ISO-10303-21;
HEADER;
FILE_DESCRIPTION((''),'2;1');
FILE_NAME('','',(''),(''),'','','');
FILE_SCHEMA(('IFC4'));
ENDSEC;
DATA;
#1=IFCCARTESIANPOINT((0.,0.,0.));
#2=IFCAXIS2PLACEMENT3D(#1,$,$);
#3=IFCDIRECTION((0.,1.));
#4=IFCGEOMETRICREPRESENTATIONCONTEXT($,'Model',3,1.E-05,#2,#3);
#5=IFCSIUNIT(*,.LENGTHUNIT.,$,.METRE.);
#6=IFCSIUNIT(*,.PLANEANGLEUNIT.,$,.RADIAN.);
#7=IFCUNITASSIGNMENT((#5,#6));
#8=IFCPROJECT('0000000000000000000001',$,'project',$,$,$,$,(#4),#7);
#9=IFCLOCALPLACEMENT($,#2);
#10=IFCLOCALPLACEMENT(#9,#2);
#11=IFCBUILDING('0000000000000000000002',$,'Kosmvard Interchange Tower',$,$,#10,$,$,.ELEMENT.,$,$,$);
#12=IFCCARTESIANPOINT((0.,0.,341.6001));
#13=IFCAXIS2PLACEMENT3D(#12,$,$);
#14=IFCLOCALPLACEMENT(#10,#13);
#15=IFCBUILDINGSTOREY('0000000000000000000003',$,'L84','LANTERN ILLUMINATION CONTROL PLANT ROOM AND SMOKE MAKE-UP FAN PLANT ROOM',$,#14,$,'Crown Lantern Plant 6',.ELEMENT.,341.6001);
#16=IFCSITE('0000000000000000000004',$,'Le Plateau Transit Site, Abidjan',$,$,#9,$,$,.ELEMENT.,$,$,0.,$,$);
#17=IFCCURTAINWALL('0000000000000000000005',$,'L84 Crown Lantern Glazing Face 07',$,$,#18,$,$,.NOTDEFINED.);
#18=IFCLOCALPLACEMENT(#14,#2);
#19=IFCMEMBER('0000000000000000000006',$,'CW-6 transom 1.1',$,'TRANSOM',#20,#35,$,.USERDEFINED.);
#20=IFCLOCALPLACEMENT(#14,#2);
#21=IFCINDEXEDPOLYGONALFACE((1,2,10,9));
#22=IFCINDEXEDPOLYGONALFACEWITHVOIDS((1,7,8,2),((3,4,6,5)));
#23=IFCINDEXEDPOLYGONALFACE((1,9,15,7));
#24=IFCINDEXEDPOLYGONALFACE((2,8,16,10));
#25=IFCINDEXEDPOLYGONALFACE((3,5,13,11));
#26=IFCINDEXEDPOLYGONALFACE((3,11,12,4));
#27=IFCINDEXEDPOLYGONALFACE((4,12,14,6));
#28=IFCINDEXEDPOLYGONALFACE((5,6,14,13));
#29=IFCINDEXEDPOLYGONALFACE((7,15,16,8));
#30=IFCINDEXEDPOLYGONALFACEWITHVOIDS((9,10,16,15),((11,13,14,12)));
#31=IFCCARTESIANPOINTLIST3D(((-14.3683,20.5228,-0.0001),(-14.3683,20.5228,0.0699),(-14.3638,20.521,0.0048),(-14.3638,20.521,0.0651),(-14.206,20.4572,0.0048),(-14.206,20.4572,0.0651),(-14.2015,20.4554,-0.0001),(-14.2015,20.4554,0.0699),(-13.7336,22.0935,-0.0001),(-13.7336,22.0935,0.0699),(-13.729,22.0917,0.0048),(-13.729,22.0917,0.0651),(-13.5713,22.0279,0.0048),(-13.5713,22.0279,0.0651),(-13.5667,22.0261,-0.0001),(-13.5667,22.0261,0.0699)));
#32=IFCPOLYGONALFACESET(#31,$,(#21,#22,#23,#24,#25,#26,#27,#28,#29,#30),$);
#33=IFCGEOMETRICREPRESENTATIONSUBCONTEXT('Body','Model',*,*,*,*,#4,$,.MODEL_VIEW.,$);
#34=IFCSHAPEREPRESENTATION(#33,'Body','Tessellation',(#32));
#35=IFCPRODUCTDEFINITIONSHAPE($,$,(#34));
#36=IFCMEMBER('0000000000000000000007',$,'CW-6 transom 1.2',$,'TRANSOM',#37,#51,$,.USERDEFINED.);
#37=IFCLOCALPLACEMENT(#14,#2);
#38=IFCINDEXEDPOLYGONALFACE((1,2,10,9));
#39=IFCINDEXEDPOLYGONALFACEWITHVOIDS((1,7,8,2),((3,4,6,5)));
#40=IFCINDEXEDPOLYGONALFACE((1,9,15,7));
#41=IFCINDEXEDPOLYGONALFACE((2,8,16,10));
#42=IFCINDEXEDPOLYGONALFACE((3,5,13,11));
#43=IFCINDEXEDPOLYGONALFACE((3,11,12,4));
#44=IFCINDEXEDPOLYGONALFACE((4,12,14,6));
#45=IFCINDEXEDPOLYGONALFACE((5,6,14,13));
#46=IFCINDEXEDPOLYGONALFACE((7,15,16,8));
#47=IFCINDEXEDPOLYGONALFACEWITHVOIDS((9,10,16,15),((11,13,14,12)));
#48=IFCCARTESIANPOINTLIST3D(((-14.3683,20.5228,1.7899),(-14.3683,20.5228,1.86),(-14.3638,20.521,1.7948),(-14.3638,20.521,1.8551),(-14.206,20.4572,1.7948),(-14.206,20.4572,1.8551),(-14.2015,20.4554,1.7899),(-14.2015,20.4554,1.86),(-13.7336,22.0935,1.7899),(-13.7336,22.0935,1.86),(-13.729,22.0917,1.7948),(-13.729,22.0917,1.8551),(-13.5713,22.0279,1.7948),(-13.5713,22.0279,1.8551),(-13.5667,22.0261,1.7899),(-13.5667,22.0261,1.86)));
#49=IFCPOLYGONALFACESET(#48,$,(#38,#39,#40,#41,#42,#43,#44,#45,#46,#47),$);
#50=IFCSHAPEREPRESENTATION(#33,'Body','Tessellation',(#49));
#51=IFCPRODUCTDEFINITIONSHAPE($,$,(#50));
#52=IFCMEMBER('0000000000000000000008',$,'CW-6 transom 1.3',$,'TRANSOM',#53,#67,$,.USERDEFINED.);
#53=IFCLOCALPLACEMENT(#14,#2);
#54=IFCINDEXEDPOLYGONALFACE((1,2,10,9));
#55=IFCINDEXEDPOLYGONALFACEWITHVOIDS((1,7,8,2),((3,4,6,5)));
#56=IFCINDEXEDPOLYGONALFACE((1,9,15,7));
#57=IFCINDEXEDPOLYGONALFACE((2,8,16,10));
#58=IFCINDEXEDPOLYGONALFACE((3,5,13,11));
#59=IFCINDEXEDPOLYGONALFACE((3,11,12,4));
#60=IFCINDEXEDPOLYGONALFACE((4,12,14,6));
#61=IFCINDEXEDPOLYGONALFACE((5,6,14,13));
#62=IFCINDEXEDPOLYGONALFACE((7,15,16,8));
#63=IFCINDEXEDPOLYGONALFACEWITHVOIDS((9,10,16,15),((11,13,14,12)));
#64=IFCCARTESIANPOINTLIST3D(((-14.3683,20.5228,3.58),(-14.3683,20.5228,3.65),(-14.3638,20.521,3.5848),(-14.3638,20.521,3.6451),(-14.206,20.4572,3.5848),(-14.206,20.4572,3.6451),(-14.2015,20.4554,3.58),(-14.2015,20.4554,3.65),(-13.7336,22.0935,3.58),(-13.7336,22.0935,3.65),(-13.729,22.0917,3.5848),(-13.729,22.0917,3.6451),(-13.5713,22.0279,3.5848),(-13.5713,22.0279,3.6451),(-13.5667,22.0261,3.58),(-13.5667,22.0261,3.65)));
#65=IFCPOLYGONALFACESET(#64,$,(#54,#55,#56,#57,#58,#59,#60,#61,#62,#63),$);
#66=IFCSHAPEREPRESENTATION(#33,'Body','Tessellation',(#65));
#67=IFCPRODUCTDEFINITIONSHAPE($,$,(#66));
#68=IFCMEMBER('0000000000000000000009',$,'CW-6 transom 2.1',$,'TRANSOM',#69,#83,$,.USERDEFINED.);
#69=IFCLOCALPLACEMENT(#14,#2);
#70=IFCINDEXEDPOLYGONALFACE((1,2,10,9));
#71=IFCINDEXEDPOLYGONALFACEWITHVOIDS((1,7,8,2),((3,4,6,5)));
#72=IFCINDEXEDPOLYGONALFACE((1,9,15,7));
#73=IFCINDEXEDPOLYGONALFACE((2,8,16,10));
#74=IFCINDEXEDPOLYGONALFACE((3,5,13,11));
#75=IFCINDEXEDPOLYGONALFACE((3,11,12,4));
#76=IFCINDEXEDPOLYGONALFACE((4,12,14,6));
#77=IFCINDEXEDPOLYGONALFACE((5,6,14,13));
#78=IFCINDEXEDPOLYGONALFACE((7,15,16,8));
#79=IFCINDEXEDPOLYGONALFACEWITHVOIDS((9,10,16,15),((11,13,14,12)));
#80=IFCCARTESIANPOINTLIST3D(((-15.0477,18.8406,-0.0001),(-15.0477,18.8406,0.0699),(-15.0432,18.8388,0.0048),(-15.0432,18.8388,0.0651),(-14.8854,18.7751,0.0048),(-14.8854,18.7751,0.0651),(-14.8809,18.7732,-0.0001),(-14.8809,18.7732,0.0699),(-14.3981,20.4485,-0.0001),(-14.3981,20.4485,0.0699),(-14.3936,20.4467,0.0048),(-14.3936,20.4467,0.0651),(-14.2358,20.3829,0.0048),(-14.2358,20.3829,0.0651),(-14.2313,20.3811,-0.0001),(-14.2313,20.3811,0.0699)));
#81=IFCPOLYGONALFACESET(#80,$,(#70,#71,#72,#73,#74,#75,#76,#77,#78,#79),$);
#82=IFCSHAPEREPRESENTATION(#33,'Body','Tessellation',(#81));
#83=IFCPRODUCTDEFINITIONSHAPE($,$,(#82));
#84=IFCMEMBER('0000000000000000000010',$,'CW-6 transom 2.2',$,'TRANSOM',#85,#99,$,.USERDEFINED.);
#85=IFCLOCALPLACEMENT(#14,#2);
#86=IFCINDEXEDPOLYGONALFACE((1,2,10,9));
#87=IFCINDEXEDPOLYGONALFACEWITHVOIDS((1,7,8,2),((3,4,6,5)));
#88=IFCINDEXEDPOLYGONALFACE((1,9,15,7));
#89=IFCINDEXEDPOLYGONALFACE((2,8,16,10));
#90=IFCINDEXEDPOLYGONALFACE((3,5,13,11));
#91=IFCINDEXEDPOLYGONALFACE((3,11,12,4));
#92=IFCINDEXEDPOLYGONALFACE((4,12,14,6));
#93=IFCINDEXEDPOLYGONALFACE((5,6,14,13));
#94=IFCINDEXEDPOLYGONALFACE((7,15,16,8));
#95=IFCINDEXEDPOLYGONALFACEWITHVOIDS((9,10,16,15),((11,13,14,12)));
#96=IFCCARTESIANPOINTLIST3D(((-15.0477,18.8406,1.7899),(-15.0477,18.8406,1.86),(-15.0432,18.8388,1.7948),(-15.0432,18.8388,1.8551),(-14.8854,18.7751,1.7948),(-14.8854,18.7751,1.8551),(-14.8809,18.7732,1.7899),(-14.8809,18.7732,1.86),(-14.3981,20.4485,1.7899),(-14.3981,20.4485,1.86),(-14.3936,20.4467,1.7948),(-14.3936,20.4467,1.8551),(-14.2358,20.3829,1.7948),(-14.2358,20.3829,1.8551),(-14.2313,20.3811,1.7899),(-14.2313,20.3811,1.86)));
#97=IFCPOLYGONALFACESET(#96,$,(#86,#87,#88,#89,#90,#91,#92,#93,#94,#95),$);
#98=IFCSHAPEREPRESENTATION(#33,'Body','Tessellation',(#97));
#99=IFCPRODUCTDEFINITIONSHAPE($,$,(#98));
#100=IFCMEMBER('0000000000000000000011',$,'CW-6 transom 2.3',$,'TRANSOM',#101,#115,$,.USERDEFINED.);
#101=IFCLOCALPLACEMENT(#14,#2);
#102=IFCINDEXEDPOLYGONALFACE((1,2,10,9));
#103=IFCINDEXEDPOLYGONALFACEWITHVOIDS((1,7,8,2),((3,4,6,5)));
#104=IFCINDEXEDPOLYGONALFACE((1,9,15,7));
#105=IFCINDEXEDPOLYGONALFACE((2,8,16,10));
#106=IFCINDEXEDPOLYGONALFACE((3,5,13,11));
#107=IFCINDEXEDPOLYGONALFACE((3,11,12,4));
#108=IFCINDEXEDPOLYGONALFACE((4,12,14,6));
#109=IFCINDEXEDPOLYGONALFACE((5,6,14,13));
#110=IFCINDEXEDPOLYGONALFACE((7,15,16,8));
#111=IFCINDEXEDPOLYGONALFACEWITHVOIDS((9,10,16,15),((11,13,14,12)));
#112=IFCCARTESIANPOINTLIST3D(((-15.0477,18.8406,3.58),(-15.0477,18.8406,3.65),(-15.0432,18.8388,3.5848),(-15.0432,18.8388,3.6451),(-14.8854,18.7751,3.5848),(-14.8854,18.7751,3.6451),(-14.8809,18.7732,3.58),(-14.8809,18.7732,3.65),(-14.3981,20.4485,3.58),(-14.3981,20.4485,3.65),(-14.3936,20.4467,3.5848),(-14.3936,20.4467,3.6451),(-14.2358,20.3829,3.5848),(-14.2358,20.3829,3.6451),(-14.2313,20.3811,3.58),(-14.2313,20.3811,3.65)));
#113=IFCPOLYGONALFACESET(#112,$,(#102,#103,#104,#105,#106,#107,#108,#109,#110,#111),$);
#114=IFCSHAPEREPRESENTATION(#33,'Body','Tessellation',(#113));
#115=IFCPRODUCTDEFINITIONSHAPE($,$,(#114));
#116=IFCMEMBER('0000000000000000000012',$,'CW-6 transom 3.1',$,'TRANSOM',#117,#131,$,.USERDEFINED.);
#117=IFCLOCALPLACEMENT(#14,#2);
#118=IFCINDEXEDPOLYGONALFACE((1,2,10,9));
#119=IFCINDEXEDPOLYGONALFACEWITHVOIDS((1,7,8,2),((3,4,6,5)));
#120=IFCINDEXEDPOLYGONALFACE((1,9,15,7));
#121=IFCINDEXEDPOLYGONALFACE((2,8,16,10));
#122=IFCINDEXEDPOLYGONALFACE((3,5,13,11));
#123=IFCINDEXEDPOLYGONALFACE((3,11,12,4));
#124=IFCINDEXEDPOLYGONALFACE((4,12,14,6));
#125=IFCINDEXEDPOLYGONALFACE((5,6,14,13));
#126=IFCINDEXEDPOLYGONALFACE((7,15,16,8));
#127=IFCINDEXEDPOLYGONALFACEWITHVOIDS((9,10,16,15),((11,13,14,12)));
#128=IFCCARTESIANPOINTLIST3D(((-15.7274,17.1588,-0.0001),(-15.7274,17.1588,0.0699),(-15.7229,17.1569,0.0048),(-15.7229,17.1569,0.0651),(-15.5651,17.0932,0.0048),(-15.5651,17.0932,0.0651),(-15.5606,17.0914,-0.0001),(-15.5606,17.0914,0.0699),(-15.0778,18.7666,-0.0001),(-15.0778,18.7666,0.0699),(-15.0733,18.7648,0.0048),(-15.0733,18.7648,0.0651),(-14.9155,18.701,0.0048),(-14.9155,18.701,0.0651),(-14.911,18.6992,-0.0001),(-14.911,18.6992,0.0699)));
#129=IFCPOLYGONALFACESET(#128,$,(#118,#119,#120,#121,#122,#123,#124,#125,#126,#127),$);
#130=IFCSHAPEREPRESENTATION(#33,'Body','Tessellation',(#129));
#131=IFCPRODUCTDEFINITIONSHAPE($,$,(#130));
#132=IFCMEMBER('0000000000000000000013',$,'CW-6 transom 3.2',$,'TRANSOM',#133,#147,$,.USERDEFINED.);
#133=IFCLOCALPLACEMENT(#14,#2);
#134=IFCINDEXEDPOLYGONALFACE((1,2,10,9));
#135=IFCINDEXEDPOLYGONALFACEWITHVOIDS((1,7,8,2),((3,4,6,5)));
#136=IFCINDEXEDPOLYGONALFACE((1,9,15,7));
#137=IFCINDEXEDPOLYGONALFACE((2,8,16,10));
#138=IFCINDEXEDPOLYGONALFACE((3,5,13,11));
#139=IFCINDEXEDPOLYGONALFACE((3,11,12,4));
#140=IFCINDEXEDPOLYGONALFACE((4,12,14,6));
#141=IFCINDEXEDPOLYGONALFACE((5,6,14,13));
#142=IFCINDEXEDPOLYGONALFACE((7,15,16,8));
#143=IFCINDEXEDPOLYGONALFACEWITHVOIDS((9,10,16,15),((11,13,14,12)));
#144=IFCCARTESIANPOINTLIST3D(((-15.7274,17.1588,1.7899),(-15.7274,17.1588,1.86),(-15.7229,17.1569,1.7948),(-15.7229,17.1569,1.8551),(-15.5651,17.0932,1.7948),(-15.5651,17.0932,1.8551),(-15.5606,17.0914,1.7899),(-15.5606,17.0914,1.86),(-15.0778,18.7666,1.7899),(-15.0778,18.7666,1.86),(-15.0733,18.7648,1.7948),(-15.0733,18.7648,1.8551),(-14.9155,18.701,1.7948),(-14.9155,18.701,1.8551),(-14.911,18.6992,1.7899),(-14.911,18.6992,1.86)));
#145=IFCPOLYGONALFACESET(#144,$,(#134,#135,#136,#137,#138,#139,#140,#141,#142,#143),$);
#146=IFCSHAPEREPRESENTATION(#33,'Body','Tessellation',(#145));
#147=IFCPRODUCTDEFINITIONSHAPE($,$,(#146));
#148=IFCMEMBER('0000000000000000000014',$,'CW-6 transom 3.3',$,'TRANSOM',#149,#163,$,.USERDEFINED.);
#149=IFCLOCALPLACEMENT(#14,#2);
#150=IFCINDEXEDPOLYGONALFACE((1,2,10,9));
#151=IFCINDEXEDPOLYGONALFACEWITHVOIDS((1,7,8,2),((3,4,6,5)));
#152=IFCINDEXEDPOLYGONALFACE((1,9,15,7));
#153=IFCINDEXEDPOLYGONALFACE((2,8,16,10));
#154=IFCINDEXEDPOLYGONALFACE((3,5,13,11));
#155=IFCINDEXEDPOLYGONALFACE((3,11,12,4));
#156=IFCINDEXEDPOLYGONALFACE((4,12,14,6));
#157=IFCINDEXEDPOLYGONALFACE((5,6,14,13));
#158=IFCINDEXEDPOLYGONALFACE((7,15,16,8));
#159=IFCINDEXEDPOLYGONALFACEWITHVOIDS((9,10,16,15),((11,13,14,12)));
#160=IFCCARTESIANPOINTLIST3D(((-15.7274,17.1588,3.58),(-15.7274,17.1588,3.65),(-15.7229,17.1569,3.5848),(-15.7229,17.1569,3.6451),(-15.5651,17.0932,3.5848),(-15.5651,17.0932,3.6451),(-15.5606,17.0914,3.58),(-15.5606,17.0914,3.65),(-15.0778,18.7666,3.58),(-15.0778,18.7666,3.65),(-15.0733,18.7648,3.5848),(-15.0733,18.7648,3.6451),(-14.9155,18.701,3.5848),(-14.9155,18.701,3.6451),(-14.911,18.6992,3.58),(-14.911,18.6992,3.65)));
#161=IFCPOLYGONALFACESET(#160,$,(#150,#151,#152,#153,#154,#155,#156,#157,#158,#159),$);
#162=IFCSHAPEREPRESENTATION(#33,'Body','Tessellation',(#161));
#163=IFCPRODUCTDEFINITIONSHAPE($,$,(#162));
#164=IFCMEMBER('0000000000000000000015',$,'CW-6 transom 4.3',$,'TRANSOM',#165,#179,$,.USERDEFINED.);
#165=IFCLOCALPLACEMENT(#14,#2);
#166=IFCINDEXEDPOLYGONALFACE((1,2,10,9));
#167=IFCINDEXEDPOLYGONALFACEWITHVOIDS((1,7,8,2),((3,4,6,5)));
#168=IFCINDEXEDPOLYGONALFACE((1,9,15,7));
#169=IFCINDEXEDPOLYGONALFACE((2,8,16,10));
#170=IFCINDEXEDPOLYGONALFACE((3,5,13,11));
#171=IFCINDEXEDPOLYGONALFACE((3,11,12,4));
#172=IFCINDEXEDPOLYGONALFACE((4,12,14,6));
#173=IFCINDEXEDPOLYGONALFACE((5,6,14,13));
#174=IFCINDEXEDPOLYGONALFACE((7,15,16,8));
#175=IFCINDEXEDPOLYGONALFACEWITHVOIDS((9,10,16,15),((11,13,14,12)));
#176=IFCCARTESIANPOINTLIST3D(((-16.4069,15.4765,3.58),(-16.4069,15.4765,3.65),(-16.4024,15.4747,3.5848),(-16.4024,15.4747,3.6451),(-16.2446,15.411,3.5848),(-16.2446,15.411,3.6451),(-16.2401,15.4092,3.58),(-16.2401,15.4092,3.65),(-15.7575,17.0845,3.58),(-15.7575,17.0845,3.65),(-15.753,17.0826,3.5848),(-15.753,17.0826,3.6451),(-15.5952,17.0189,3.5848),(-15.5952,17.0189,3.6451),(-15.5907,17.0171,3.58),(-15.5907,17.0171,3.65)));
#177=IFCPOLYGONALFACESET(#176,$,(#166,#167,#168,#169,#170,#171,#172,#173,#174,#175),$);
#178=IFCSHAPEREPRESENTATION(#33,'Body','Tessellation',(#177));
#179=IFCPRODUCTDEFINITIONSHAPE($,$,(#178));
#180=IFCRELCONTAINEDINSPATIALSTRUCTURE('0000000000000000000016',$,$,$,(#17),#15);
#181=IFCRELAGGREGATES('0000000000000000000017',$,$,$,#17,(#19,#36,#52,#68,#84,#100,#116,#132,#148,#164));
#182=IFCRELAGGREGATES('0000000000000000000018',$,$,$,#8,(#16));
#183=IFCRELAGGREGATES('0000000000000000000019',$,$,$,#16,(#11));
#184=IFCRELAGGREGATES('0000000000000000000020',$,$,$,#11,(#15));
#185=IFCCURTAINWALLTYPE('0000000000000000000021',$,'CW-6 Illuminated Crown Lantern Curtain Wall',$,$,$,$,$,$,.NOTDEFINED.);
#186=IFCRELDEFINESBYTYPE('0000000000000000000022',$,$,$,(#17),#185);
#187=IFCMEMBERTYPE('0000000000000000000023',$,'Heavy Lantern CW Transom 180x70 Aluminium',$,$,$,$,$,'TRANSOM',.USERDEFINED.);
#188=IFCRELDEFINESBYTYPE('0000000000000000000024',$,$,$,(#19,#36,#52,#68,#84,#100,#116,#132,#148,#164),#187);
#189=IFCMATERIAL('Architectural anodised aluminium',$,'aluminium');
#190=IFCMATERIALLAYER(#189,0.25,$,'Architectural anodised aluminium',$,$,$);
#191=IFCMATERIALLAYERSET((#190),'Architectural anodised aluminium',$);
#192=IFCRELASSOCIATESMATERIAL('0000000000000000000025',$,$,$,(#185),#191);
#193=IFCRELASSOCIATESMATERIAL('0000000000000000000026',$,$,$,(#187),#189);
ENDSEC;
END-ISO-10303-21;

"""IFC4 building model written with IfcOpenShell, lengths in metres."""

from ifc_helpers import new_model, si_unit, direction, frame, origin, origin_2d, place, context, subcontext, project, spatial, hollow_rectangle, extrude, source, transform, mapped, material, layer, layer_set, material_profile, profile_set, type_object, element, aggregate, save


model = new_model("IFC4")

# Units and contexts
model_context = context("Model", 3, precision=1e-05, world=origin(), true_north=direction((0.0, 1.0)))
body_context = subcontext(model_context, "Body", "Model", "MODEL_VIEW")
ifc_project = project(units=[si_unit("LENGTHUNIT", "METRE"), si_unit("PLANEANGLEUNIT", "RADIAN")], contexts=[model_context])

# Site, building, storey
site_placement = place(None, origin())
site = spatial("IfcSite", under=ifc_project, at=site_placement, Name="Le Plateau Transit Site, Abidjan", CompositionType="ELEMENT", RefElevation=0.0)
building_placement = place(site_placement, origin())
building = spatial("IfcBuilding", under=site, at=building_placement, Name="Kosmvard Interchange Tower", CompositionType="ELEMENT")
storey_placement = place(building_placement, frame((0.0, 0.0, 341.6001)))
storey = spatial("IfcBuildingStorey", under=building, at=storey_placement, Name="L84", Description="LANTERN ILLUMINATION CONTROL PLANT ROOM AND SMOKE MAKE-UP FAN PLANT ROOM", LongName="Crown Lantern Plant 6", CompositionType="ELEMENT", Elevation=341.6001)

# Curtain wall, members
ifc_material_1 = material(Name="Architectural anodised aluminium", Category="aluminium")
ifc_layer_1 = layer(ifc_material_1, 0.25, Name="Architectural anodised aluminium")
ifc_layer_set_1 = layer_set([ifc_layer_1], Name="Architectural anodised aluminium")
curtain_wall_type = type_object("IfcCurtainWallType", Name="CW-6 Illuminated Crown Lantern Curtain Wall", PredefinedType="NOTDEFINED", material=ifc_layer_set_1)
curtain_wall_1_placement = place(storey_placement, origin())
curtain_wall_1 = element("IfcCurtainWall", 1, at=curtain_wall_1_placement, inside=storey, type_object=curtain_wall_type, Name="L84 Crown Lantern Glazing Face 07", PredefinedType="NOTDEFINED")
ifc_material_profile_1 = material_profile(ifc_material_1, hollow_rectangle(XDim=0.1799, YDim=0.0701, WallThickness=0.0049, at=origin_2d()), Name="CWT 180x70x5")
ifc_profile_set_1 = profile_set([ifc_material_profile_1], Name="Architectural anodised aluminium")
member_type_1 = type_object("IfcMemberType", Name="Heavy Lantern CW Transom 180x70 Aluminium", ElementType="TRANSOM", PredefinedType="USERDEFINED", material=ifc_profile_set_1)
shared_shape_1 = source(origin(), body_context, "Body", "SweptSolid", [
    extrude(hollow_rectangle(XDim=0.1799, YDim=0.0701, WallThickness=0.0049, at=origin_2d()), origin(), (0.0, 0.0, 1.0), 1.6941),
])
member_1_placement = place(storey_placement, frame((-13.6501, 22.0598, 0.0349), z_axis=(-0.374668, -0.927159, 0.0), x_axis=(0.927159, -0.374668, 0.0)))
member_1 = element("IfcMember", 2, at=member_1_placement, type_object=member_type_1, Name="CW-6 transom 1.1", ObjectType="TRANSOM", PredefinedType="USERDEFINED", context=body_context, shape_type="MappedRepresentation", body=[
    mapped(shared_shape_1, transform((0.0, 0.0, 0.0), scale=1.0)),
])
member_2_placement = place(storey_placement, frame((-13.6501, 22.0598, 1.825), z_axis=(-0.374668, -0.927159, 0.0), x_axis=(0.927159, -0.374668, 0.0)))
member_2 = element("IfcMember", 3, at=member_2_placement, type_object=member_type_1, Name="CW-6 transom 1.2", ObjectType="TRANSOM", PredefinedType="USERDEFINED", context=body_context, shape_type="MappedRepresentation", body=[
    mapped(shared_shape_1, transform((0.0, 0.0, 0.0), scale=1.0)),
])
member_3_placement = place(storey_placement, frame((-13.6501, 22.0598, 3.615), z_axis=(-0.374668, -0.927159, 0.0), x_axis=(0.927159, -0.374668, 0.0)))
member_3 = element("IfcMember", 4, at=member_3_placement, type_object=member_type_1, Name="CW-6 transom 1.3", ObjectType="TRANSOM", PredefinedType="USERDEFINED", context=body_context, shape_type="MappedRepresentation", body=[
    mapped(shared_shape_1, transform((0.0, 0.0, 0.0), scale=1.0)),
])
shared_shape_2 = source(origin(), body_context, "Body", "SweptSolid", [
    extrude(hollow_rectangle(XDim=0.1799, YDim=0.0701, WallThickness=0.0049, at=origin_2d()), origin(), (0.0, 0.0, 1.0), 1.7341),
])
member_4_placement = place(storey_placement, frame((-14.3147, 20.4148, 0.0349), z_axis=(-0.374617, -0.92718, 0.0), x_axis=(0.92718, -0.374617, 0.0)))
member_4 = element("IfcMember", 5, at=member_4_placement, type_object=member_type_1, Name="CW-6 transom 2.1", ObjectType="TRANSOM", PredefinedType="USERDEFINED", context=body_context, shape_type="MappedRepresentation", body=[
    mapped(shared_shape_2, transform((0.0, 0.0, 0.0), scale=1.0)),
])
member_5_placement = place(storey_placement, frame((-14.3147, 20.4148, 1.825), z_axis=(-0.374617, -0.92718, 0.0), x_axis=(0.92718, -0.374617, 0.0)))
member_5 = element("IfcMember", 6, at=member_5_placement, type_object=member_type_1, Name="CW-6 transom 2.2", ObjectType="TRANSOM", PredefinedType="USERDEFINED", context=body_context, shape_type="MappedRepresentation", body=[
    mapped(shared_shape_2, transform((0.0, 0.0, 0.0), scale=1.0)),
])
member_6_placement = place(storey_placement, frame((-14.3147, 20.4148, 3.615), z_axis=(-0.374617, -0.92718, 0.0), x_axis=(0.92718, -0.374617, 0.0)))
member_6 = element("IfcMember", 7, at=member_6_placement, type_object=member_type_1, Name="CW-6 transom 2.3", ObjectType="TRANSOM", PredefinedType="USERDEFINED", context=body_context, shape_type="MappedRepresentation", body=[
    mapped(shared_shape_2, transform((0.0, 0.0, 0.0), scale=1.0)),
])
member_7_placement = place(storey_placement, frame((-14.9944, 18.7329, 0.0349), z_axis=(-0.374617, -0.92718, 0.0), x_axis=(0.92718, -0.374617, 0.0)))
member_7 = element("IfcMember", 8, at=member_7_placement, type_object=member_type_1, Name="CW-6 transom 3.1", ObjectType="TRANSOM", PredefinedType="USERDEFINED", context=body_context, shape_type="MappedRepresentation", body=[
    mapped(shared_shape_2, transform((0.0, 0.0, 0.0), scale=1.0)),
])
member_8_placement = place(storey_placement, frame((-14.9944, 18.7329, 1.825), z_axis=(-0.374617, -0.92718, 0.0), x_axis=(0.92718, -0.374617, 0.0)))
member_8 = element("IfcMember", 9, at=member_8_placement, type_object=member_type_1, Name="CW-6 transom 3.2", ObjectType="TRANSOM", PredefinedType="USERDEFINED", context=body_context, shape_type="MappedRepresentation", body=[
    mapped(shared_shape_2, transform((0.0, 0.0, 0.0), scale=1.0)),
])
member_9_placement = place(storey_placement, frame((-14.9944, 18.7329, 3.615), z_axis=(-0.374617, -0.92718, 0.0), x_axis=(0.92718, -0.374617, 0.0)))
member_9 = element("IfcMember", 10, at=member_9_placement, type_object=member_type_1, Name="CW-6 transom 3.3", ObjectType="TRANSOM", PredefinedType="USERDEFINED", context=body_context, shape_type="MappedRepresentation", body=[
    mapped(shared_shape_2, transform((0.0, 0.0, 0.0), scale=1.0)),
])
member_10_placement = place(storey_placement, frame((-15.6741, 17.0508, 3.615), z_axis=(-0.374496, -0.927229, 0.0), x_axis=(0.927229, -0.374496, 0.0)))
member_10 = element("IfcMember", 11, at=member_10_placement, type_object=member_type_1, Name="CW-6 transom 4.3", ObjectType="TRANSOM", PredefinedType="USERDEFINED", context=body_context, shape_type="MappedRepresentation", body=[
    mapped(shared_shape_2, transform((0.0, 0.0, 0.0), scale=1.0)),
])

aggregate(curtain_wall_1, [member_1, member_2, member_3, member_4, member_5, member_6, member_7, member_8, member_9, member_10])

save(model, "model.ifc")
